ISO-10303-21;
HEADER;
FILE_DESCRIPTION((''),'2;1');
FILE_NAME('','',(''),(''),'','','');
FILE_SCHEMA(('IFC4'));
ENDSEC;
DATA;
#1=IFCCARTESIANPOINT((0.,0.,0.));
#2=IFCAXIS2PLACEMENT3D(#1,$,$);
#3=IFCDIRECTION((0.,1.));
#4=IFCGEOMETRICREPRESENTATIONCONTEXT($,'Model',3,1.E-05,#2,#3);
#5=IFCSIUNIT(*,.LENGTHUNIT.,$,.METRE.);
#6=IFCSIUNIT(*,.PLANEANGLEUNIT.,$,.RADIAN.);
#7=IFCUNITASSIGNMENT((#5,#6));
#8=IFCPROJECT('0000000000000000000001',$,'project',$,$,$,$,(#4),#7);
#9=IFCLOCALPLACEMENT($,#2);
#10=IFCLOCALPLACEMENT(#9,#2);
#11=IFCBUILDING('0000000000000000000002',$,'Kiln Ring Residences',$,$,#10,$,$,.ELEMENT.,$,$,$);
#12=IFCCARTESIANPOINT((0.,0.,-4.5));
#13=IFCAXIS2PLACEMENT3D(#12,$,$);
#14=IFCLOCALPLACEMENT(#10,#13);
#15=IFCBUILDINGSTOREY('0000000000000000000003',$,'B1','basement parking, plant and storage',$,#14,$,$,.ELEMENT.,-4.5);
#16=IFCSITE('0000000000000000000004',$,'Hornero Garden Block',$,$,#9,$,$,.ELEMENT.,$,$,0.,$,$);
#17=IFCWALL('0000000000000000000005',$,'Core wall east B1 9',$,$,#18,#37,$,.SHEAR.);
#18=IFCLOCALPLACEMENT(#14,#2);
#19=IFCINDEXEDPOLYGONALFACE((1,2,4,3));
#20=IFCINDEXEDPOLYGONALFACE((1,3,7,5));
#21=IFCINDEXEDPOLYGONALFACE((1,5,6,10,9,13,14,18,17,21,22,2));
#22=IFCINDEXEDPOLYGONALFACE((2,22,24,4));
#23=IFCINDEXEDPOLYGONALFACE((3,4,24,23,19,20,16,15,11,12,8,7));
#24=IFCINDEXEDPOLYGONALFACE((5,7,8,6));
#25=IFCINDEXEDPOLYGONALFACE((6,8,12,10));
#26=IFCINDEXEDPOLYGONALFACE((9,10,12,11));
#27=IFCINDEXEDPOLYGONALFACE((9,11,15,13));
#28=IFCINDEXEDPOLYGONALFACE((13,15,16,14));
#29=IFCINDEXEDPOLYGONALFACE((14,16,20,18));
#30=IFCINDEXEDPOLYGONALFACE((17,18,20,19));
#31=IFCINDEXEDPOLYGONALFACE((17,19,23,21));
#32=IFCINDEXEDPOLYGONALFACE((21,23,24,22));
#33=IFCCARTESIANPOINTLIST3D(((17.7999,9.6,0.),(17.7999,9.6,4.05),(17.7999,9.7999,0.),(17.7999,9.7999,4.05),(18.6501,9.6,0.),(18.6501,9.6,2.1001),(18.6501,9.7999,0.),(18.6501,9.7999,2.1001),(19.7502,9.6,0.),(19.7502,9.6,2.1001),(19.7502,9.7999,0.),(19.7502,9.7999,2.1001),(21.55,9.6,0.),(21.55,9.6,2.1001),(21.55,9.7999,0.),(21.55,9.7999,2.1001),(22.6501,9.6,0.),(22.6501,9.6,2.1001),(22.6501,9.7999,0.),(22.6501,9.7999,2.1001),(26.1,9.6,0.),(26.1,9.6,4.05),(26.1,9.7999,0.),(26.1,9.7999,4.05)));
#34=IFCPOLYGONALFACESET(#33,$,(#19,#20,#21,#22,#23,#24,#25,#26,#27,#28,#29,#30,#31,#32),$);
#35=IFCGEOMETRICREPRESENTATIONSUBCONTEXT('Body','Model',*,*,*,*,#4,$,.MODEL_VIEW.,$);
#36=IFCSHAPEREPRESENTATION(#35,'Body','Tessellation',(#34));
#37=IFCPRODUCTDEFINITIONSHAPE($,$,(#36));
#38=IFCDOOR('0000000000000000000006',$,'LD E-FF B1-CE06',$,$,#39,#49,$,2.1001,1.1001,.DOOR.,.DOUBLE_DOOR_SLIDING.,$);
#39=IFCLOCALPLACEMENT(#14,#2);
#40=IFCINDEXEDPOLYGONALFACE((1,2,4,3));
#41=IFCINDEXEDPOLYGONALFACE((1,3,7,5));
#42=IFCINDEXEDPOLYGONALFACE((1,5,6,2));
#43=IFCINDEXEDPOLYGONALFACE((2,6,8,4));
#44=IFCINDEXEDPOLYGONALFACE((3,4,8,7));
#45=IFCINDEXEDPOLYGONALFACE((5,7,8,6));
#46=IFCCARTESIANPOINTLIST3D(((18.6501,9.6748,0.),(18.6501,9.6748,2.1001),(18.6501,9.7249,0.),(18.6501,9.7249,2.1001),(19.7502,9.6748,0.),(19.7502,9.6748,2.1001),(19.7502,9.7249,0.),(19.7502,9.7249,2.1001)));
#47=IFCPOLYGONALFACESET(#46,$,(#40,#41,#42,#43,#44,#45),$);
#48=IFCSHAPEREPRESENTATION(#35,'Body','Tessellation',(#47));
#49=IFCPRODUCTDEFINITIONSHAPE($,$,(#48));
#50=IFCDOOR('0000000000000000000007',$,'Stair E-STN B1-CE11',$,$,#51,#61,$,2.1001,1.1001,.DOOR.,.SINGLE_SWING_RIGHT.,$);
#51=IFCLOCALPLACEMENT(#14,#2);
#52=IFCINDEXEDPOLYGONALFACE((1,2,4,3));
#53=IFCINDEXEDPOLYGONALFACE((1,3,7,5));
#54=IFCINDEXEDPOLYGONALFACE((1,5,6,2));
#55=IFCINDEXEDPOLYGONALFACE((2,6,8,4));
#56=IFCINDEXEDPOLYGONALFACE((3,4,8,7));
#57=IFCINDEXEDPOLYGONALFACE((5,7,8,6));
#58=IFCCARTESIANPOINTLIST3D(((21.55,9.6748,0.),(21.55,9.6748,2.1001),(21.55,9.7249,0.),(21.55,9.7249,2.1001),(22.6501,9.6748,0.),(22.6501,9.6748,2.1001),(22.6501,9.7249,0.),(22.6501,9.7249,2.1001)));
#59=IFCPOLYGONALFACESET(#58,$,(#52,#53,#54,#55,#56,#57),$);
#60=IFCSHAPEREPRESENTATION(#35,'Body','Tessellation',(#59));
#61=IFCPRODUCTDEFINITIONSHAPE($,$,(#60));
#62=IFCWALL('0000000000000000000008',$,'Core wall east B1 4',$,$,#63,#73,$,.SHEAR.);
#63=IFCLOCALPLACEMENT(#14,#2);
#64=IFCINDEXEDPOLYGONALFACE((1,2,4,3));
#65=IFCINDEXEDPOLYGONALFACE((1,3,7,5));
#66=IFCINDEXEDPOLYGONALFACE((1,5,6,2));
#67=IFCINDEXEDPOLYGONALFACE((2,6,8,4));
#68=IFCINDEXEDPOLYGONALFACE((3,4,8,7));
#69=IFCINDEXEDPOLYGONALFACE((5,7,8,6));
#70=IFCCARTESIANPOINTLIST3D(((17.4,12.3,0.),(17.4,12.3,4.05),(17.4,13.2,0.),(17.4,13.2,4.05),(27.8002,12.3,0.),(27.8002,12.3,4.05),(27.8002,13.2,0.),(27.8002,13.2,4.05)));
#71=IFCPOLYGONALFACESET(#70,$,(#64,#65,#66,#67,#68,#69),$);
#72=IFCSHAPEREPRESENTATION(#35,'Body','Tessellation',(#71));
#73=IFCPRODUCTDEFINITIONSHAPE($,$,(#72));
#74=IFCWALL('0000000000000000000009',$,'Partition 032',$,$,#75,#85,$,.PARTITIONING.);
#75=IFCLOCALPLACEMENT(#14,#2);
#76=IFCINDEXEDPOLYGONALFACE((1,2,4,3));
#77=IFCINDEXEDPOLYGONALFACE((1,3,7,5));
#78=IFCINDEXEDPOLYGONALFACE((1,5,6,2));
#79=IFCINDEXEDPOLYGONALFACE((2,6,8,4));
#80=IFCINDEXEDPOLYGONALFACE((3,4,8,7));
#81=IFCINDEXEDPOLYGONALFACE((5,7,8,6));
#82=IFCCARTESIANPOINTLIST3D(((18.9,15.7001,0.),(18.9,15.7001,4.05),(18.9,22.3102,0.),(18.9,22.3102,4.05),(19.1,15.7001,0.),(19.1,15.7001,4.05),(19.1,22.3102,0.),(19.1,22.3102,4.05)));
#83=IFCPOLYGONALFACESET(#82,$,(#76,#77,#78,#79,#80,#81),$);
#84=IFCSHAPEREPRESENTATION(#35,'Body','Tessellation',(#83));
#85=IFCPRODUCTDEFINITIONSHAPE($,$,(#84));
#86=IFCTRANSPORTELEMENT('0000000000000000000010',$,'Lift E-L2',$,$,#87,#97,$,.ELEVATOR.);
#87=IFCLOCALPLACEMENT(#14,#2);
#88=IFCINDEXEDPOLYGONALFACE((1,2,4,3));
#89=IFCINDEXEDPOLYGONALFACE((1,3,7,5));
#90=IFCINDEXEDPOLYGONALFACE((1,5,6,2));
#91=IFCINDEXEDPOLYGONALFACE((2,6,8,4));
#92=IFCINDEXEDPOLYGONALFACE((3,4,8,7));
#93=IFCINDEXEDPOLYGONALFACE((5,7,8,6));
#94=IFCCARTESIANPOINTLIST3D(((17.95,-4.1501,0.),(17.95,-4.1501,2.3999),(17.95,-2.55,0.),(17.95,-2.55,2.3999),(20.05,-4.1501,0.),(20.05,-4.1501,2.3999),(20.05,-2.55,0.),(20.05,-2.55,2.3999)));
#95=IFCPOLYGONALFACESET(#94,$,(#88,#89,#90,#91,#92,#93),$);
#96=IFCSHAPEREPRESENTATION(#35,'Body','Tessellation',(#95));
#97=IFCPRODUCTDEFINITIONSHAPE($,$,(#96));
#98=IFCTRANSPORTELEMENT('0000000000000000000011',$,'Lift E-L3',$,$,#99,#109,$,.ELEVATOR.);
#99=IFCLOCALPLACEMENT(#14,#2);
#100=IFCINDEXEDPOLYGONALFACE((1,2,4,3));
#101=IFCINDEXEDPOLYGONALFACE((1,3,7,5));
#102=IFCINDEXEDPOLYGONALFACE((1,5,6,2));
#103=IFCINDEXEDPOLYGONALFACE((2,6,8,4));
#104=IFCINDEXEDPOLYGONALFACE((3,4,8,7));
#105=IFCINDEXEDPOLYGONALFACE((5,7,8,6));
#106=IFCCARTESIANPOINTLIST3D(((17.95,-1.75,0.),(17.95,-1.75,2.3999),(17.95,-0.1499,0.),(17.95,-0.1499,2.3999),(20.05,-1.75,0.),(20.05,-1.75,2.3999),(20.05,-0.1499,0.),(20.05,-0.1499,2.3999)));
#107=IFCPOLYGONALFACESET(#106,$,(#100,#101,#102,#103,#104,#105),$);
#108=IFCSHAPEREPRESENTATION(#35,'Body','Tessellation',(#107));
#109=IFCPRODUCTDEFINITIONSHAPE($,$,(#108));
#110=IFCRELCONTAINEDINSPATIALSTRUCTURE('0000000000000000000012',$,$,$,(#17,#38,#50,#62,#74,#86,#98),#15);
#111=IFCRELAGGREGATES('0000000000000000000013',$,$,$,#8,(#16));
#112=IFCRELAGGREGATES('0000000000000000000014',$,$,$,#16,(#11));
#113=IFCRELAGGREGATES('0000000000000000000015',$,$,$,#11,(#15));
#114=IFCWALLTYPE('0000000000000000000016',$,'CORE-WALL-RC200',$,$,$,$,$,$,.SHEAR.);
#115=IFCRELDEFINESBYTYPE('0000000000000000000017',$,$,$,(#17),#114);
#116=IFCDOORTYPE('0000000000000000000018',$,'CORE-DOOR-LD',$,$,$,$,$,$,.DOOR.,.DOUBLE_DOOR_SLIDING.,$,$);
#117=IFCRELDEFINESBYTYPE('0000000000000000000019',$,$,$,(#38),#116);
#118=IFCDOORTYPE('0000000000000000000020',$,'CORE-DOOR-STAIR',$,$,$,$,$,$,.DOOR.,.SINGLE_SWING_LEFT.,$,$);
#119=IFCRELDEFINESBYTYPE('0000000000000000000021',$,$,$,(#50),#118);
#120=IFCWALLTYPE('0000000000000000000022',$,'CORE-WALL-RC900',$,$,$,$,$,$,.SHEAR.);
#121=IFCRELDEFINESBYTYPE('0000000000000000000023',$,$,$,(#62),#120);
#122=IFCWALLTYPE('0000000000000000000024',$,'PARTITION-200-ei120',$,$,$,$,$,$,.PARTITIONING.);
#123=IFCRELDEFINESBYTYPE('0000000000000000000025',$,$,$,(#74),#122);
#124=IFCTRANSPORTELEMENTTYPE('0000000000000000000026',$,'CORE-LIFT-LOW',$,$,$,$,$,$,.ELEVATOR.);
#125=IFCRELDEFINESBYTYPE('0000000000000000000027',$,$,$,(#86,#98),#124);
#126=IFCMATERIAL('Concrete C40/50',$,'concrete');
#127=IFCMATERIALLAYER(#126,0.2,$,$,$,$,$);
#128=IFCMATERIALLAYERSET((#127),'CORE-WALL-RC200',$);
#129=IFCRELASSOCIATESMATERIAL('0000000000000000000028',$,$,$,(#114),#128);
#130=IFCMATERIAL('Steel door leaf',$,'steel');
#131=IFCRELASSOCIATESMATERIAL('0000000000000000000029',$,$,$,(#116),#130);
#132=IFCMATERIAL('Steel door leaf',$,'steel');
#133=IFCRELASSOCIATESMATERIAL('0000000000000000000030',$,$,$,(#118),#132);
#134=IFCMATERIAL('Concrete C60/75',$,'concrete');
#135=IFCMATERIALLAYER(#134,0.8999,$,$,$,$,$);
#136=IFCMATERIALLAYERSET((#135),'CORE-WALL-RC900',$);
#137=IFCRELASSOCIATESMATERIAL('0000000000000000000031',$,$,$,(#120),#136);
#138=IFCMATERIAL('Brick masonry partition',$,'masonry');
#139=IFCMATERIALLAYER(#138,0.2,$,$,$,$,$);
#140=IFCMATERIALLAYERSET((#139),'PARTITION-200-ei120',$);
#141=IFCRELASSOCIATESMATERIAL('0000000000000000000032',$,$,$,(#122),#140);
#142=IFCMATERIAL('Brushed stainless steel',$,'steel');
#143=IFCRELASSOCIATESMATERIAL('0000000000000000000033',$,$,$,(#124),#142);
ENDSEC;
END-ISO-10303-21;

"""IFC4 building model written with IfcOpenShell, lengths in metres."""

from ifc_helpers import new_model, si_unit, direction, frame, frame_2d, origin, origin_2d, place, context, subcontext, project, spatial, rectangle, extrude, material, layer, layer_set, type_object, element, fill, save


model = new_model("IFC4")

# Units and contexts
model_context = context("Model", 3, precision=1e-05, world=origin(), true_north=direction((0.0, 1.0)))
body_context = subcontext(model_context, "Body", "Model", "MODEL_VIEW")
ifc_project = project(units=[si_unit("LENGTHUNIT", "METRE"), si_unit("PLANEANGLEUNIT", "RADIAN")], contexts=[model_context])

# Site, building, storey
site_placement = place(None, origin())
site = spatial("IfcSite", under=ifc_project, at=site_placement, Name="Hornero Garden Block", CompositionType="ELEMENT", RefElevation=0.0)
building_placement = place(site_placement, origin())
building = spatial("IfcBuilding", under=site, at=building_placement, Name="Kiln Ring Residences", CompositionType="ELEMENT")
storey_placement = place(building_placement, frame((0.0, 0.0, -4.5)))
storey = spatial("IfcBuildingStorey", under=building, at=storey_placement, Name="B1", Description="basement parking, plant and storage", CompositionType="ELEMENT", Elevation=-4.5)

# Wall, openings, doors
ifc_material_1 = material(Name="Concrete C40/50", Category="concrete")
ifc_layer_1 = layer(ifc_material_1, 0.2)
ifc_layer_set_1 = layer_set([ifc_layer_1], Name="CORE-WALL-RC200")
wall_type_1 = type_object("IfcWallType", Name="CORE-WALL-RC200", PredefinedType="SHEAR", material=ifc_layer_set_1)
wall_1_placement = place(storey_placement, frame((17.8, 9.7, 0.0), z_axis=(0.0, 0.0, 1.0), x_axis=(1.0, 0.0, 0.0)))
wall_1 = element("IfcWall", 1, at=wall_1_placement, inside=storey, type_object=wall_type_1, Name="Core wall east B1 9", PredefinedType="SHEAR", context=body_context, shape_type="SweptSolid", body=[
    extrude(rectangle(XDim=8.3, YDim=0.2, at=frame_2d((4.1499, 0.0))), origin(), (0.0, 0.0, 1.0), 4.05),
])
opening_1_placement = place(wall_1_placement, frame((0.8501, 0.0, 0.0)))
opening_1 = element("IfcOpeningElement", 2, at=opening_1_placement, cuts=wall_1, PredefinedType="OPENING", context=body_context, shape_type="SweptSolid", body=[
    extrude(rectangle(XDim=1.1001, YDim=2.1001, at=frame_2d((0.55, 1.05))), frame((0.0, 0.1099, 0.0), z_axis=(0.0, -1.0, 0.0), x_axis=(1.0, 0.0, 0.0)), (0.0, 0.0, 1.0), 0.22),
])
opening_2_placement = place(wall_1_placement, frame((3.75, 0.0, 0.0)))
opening_2 = element("IfcOpeningElement", 3, at=opening_2_placement, cuts=wall_1, PredefinedType="OPENING", context=body_context, shape_type="SweptSolid", body=[
    extrude(rectangle(XDim=1.1001, YDim=2.1001, at=frame_2d((0.55, 1.05))), frame((0.0, 0.1099, 0.0), z_axis=(0.0, -1.0, 0.0), x_axis=(1.0, 0.0, 0.0)), (0.0, 0.0, 1.0), 0.22),
])
ifc_material_2 = material(Name="Steel door leaf", Category="steel")
door_type_1 = type_object("IfcDoorType", Name="CORE-DOOR-LD", OperationType="DOUBLE_DOOR_SLIDING", PredefinedType="DOOR", material=ifc_material_2)
door_1_placement = place(opening_1_placement, origin())
door_1 = element("IfcDoor", 4, at=door_1_placement, inside=storey, type_object=door_type_1, Name="LD E-FF B1-CE06", OperationType="DOUBLE_DOOR_SLIDING", OverallHeight=2.1001, OverallWidth=1.1001, PredefinedType="DOOR", context=body_context, shape_type="SweptSolid", body=[
    extrude(rectangle(XDim=1.1001, YDim=2.1001, at=frame_2d((0.55, 1.05))), frame((0.0, 0.0249, 0.0), z_axis=(0.0, -1.0, 0.0), x_axis=(1.0, 0.0, 0.0)), (0.0, 0.0, 1.0), 0.05),
])
fill(opening_1, door_1)
ifc_material_3 = material(Name="Steel door leaf", Category="steel")
door_type_2 = type_object("IfcDoorType", Name="CORE-DOOR-STAIR", OperationType="SINGLE_SWING_LEFT", PredefinedType="DOOR", material=ifc_material_3)
door_2_placement = place(opening_2_placement, origin())
door_2 = element("IfcDoor", 5, at=door_2_placement, inside=storey, type_object=door_type_2, Name="Stair E-STN B1-CE11", OperationType="SINGLE_SWING_RIGHT", OverallHeight=2.1001, OverallWidth=1.1001, PredefinedType="DOOR", context=body_context, shape_type="SweptSolid", body=[
    extrude(rectangle(XDim=1.1001, YDim=2.1001, at=frame_2d((0.55, 1.05))), frame((0.0, 0.0249, 0.0), z_axis=(0.0, -1.0, 0.0), x_axis=(1.0, 0.0, 0.0)), (0.0, 0.0, 1.0), 0.05),
])
fill(opening_2, door_2)

# Walls
ifc_material_4 = material(Name="Concrete C60/75", Category="concrete")
ifc_layer_2 = layer(ifc_material_4, 0.8999)
ifc_layer_set_2 = layer_set([ifc_layer_2], Name="CORE-WALL-RC900")
wall_type_2 = type_object("IfcWallType", Name="CORE-WALL-RC900", PredefinedType="SHEAR", material=ifc_layer_set_2)
wall_2_placement = place(storey_placement, frame((17.3999, 12.75, 0.0), z_axis=(0.0, 0.0, 1.0), x_axis=(1.0, 0.0, 0.0)))
element("IfcWall", 6, at=wall_2_placement, inside=storey, type_object=wall_type_2, Name="Core wall east B1 4", PredefinedType="SHEAR", context=body_context, shape_type="SweptSolid", body=[
    extrude(rectangle(XDim=10.4001, YDim=0.8999, at=frame_2d((5.2002, 0.0))), origin(), (0.0, 0.0, 1.0), 4.05),
])
ifc_material_5 = material(Name="Brick masonry partition", Category="masonry")
ifc_layer_3 = layer(ifc_material_5, 0.2)
ifc_layer_set_3 = layer_set([ifc_layer_3], Name="PARTITION-200-ei120")
wall_type_3 = type_object("IfcWallType", Name="PARTITION-200-ei120", PredefinedType="PARTITIONING", material=ifc_layer_set_3)
wall_3_placement = place(storey_placement, frame((19.0, 15.7, 0.0), z_axis=(0.0, 0.0, 1.0), x_axis=(0.0, 1.0, 0.0)))
element("IfcWall", 7, at=wall_3_placement, inside=storey, type_object=wall_type_3, Name="Partition 032", PredefinedType="PARTITIONING", context=body_context, shape_type="SweptSolid", body=[
    extrude(rectangle(XDim=6.6101, YDim=0.2, at=frame_2d((3.3052, 0.0))), origin(), (0.0, 0.0, 1.0), 4.05),
])

# Transport elements
ifc_material_6 = material(Name="Brushed stainless steel", Category="steel")
transport_element_type = type_object("IfcTransportElementType", Name="CORE-LIFT-LOW", PredefinedType="ELEVATOR", material=ifc_material_6)
for number, where, z_axis, x_axis, name in (
    (8, (19.0, -3.3501, 0.0), (0.0, 0.0, 1.0), (1.0, 0.0, 0.0), "Lift E-L2"),
    (9, (19.0, -0.95, 0.0), (0.0, 0.0, 1.0), (1.0, 0.0, 0.0), "Lift E-L3"),
):
    element("IfcTransportElement", number, at=place(storey_placement, frame(where, z_axis=z_axis, x_axis=x_axis)), inside=storey, type_object=transport_element_type, Name=name, PredefinedType="ELEVATOR", context=body_context, shape_type="SweptSolid", body=[
        extrude(rectangle(XDim=2.1001, YDim=1.6001, at=origin_2d()), origin(), (0.0, 0.0, 1.0), 2.3999),
    ])

save(model, "model.ifc")
